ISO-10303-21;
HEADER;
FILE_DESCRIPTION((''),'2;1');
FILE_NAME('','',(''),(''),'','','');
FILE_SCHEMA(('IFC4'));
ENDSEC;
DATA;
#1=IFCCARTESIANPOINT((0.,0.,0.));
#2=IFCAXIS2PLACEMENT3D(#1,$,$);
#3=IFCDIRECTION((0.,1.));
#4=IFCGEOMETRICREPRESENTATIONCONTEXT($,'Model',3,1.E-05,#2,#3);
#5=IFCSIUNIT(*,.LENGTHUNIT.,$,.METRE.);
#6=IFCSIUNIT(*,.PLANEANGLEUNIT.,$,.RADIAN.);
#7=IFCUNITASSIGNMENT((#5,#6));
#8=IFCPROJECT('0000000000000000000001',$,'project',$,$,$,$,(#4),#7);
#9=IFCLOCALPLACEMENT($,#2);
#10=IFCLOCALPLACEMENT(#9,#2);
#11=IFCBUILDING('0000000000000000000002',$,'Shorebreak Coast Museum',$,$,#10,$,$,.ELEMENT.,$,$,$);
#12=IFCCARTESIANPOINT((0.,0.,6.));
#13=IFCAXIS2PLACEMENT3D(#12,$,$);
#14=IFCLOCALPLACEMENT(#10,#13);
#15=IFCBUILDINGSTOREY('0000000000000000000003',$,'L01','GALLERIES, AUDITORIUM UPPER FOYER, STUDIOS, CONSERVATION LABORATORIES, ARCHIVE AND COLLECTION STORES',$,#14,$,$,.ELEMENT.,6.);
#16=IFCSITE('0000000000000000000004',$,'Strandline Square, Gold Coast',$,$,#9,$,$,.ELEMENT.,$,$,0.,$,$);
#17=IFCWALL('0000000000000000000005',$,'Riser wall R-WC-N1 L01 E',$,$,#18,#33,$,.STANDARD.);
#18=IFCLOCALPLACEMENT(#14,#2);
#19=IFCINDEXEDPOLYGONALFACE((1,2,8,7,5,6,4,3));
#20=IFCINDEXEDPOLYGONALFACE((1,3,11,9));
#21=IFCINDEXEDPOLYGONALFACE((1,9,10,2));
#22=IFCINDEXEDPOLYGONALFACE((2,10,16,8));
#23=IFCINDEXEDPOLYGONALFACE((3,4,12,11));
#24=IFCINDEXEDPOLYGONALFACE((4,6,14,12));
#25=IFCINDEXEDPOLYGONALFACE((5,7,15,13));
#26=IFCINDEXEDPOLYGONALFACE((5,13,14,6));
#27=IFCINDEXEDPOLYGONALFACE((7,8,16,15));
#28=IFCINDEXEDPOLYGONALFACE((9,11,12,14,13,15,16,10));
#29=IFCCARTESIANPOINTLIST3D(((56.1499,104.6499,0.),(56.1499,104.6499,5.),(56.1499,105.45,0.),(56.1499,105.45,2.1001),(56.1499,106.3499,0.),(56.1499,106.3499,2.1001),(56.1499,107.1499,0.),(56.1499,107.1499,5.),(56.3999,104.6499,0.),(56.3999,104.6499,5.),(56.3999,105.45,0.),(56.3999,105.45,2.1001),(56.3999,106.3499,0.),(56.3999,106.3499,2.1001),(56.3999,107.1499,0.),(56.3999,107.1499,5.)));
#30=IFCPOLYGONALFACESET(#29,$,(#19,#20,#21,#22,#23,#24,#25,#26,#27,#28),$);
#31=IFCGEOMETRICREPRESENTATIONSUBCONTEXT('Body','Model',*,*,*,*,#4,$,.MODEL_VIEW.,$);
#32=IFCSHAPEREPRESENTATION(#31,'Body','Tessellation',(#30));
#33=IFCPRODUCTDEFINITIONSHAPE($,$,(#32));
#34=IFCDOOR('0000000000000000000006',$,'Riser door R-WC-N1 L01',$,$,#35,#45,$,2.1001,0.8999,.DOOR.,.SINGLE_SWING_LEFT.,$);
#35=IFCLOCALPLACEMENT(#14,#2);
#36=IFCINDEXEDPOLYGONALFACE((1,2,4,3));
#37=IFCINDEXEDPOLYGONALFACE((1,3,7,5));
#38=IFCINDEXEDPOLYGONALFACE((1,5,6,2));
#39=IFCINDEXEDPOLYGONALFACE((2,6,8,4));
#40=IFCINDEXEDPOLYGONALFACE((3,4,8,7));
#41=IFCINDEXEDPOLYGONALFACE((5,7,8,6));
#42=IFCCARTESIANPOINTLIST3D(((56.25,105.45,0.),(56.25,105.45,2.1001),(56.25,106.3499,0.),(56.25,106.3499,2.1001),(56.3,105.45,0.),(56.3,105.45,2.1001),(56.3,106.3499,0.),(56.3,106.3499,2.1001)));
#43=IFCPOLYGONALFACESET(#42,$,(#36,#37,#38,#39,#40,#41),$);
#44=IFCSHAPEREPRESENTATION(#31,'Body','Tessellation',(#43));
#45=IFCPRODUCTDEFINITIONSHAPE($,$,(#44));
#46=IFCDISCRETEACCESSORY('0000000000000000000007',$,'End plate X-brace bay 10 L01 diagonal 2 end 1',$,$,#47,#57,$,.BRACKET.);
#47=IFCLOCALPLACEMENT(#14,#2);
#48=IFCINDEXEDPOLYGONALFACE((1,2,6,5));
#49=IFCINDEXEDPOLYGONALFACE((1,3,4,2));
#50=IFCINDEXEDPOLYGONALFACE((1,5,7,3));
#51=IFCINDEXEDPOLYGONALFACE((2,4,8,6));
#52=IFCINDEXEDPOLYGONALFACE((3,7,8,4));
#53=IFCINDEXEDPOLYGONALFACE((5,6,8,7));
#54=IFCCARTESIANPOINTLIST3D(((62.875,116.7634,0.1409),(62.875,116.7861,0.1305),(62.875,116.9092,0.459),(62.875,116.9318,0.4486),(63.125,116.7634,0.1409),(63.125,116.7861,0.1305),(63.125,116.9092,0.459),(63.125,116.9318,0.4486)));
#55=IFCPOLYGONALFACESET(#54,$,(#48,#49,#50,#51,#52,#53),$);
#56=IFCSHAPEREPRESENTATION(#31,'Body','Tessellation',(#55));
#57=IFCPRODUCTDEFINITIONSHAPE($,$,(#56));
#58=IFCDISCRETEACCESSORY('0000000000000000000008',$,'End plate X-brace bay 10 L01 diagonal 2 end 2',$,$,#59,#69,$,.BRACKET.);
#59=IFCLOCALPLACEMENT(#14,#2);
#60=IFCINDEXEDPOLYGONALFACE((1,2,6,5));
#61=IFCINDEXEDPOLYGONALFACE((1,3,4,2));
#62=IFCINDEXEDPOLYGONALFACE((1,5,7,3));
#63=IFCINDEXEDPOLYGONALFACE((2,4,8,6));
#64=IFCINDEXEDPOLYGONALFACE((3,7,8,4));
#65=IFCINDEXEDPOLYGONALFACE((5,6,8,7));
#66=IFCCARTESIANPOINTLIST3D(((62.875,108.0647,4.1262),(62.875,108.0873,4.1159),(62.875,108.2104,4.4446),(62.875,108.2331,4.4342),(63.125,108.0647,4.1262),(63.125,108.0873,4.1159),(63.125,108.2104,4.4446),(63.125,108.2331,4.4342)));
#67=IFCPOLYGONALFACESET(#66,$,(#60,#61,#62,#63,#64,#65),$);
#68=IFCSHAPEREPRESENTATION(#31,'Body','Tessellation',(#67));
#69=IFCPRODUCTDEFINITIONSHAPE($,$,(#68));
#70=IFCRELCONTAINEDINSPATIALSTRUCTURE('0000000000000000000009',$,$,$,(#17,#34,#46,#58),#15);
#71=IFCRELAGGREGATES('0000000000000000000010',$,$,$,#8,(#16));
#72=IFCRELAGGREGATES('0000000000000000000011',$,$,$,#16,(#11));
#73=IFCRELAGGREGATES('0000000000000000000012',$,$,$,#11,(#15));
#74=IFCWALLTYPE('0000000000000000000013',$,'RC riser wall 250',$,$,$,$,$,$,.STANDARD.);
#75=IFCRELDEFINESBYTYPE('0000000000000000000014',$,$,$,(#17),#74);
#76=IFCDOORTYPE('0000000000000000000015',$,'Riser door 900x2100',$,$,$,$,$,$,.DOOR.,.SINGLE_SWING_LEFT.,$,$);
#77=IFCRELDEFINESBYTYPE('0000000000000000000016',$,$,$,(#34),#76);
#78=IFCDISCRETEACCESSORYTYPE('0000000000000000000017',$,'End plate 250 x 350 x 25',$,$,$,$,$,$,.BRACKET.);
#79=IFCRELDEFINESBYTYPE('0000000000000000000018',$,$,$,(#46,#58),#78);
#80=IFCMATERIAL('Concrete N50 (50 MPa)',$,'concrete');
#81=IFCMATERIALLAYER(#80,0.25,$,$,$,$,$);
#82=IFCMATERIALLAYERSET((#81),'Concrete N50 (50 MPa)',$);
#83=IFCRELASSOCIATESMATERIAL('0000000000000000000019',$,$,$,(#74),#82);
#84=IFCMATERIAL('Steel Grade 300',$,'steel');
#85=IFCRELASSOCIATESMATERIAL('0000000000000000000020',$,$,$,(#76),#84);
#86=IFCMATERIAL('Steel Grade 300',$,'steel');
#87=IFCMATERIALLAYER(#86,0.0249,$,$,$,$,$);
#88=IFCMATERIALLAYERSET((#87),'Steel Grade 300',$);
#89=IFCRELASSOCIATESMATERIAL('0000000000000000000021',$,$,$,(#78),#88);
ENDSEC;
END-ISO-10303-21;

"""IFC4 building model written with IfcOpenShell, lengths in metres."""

from ifc_helpers import new_model, si_unit, direction, frame, frame_2d, origin, place, context, subcontext, project, spatial, polyline, rectangle, outline, extrude, material, layer, layer_set, type_object, element, fill, save


model = new_model("IFC4")

# Units and contexts
model_context = context("Model", 3, precision=1e-05, world=origin(), true_north=direction((0.0, 1.0)))
body_context = subcontext(model_context, "Body", "Model", "MODEL_VIEW")
ifc_project = project(units=[si_unit("LENGTHUNIT", "METRE"), si_unit("PLANEANGLEUNIT", "RADIAN")], contexts=[model_context])

# Site, building, storey
site_placement = place(None, origin())
site = spatial("IfcSite", under=ifc_project, at=site_placement, Name="Strandline Square, Gold Coast", CompositionType="ELEMENT", RefElevation=0.0)
building_placement = place(site_placement, origin())
building = spatial("IfcBuilding", under=site, at=building_placement, Name="Shorebreak Coast Museum", CompositionType="ELEMENT")
storey_placement = place(building_placement, frame((0.0, 0.0, 6.0)))
storey = spatial("IfcBuildingStorey", under=building, at=storey_placement, Name="L01", Description="GALLERIES, AUDITORIUM UPPER FOYER, STUDIOS, CONSERVATION LABORATORIES, ARCHIVE AND COLLECTION STORES", CompositionType="ELEMENT", Elevation=6.0)

# Shared definitions
ifc_material_1 = material(Name="Concrete N50 (50 MPa)", Category="concrete")
ifc_layer_1 = layer(ifc_material_1, 0.25)
ifc_layer_set_1 = layer_set([ifc_layer_1], Name="Concrete N50 (50 MPa)")
wall_type_1 = type_object("IfcWallType", Name="RC riser wall 250", PredefinedType="STANDARD", material=ifc_layer_set_1)

# Wall, opening, door
wall_1_placement = place(storey_placement, frame((56.2749, 104.6499, 0.0), z_axis=(0.0, 0.0, 1.0), x_axis=(0.0, 1.0, 0.0)))
wall_1 = element("IfcWall", 1, at=wall_1_placement, inside=storey, type_object=wall_type_1, Name="Riser wall R-WC-N1 L01 E", PredefinedType="STANDARD", context=body_context, shape_type="SweptSolid", body=[
    extrude(rectangle(XDim=2.5, YDim=0.25, at=frame_2d((1.25, 0.0))), origin(), (0.0, 0.0, 1.0), 5.0),
])
opening_1_placement = place(wall_1_placement, frame((0.8, 0.0, 0.0)))
opening_1 = element("IfcOpeningElement", 2, at=opening_1_placement, cuts=wall_1, PredefinedType="OPENING", context=body_context, shape_type="SweptSolid", body=[
    extrude(rectangle(XDim=0.8999, YDim=2.1001, at=frame_2d((0.45, 1.05))), frame((0.0, 0.135, 0.0), z_axis=(0.0, -1.0, 0.0), x_axis=(1.0, 0.0, 0.0)), (0.0, 0.0, 1.0), 0.27),
])
ifc_material_2 = material(Name="Steel Grade 300", Category="steel")
door_type_1 = type_object("IfcDoorType", Name="Riser door 900x2100", OperationType="SINGLE_SWING_LEFT", PredefinedType="DOOR", material=ifc_material_2)
door_1_placement = place(opening_1_placement, origin())
door_1 = element("IfcDoor", 3, at=door_1_placement, inside=storey, type_object=door_type_1, Name="Riser door R-WC-N1 L01", OperationType="SINGLE_SWING_LEFT", OverallHeight=2.1001, OverallWidth=0.8999, PredefinedType="DOOR", context=body_context, shape_type="SweptSolid", body=[
    extrude(rectangle(XDim=0.8999, YDim=2.1001, at=frame_2d((0.45, 1.05))), frame((0.0, 0.0249, 0.0), z_axis=(0.0, -1.0, 0.0), x_axis=(1.0, 0.0, 0.0)), (0.0, 0.0, 1.0), 0.05),
])
fill(opening_1, door_1)

# Discrete accessories
ifc_material_3 = material(Name="Steel Grade 300", Category="steel")
ifc_layer_2 = layer(ifc_material_3, 0.0249)
ifc_layer_set_2 = layer_set([ifc_layer_2], Name="Steel Grade 300")
discrete_accessory_type = type_object("IfcDiscreteAccessoryType", Name="End plate 250 x 350 x 25", PredefinedType="BRACKET", material=ifc_layer_set_2)
discrete_accessory_1_placement = place(storey_placement, frame((62.875, 116.7634, 0.1409), z_axis=(0.0, -0.90912, 0.416535), x_axis=(1.0, 0.0, 0.0)))
element("IfcDiscreteAccessory", 4, at=discrete_accessory_1_placement, inside=storey, type_object=discrete_accessory_type, Name="End plate X-brace bay 10 L01 diagonal 2 end 1", PredefinedType="BRACKET", context=body_context, shape_type="SweptSolid", body=[
    extrude(outline(polyline([(0.0, 0.0), (0.25, 0.0), (0.25, 0.3499), (0.0, 0.3499), (0.0, 0.0)])), origin(), (0.0, 0.0, -1.0), 0.0249),
])
discrete_accessory_2_placement = place(storey_placement, frame((62.875, 108.0647, 4.1262), z_axis=(0.0, -0.909241, 0.416271), x_axis=(1.0, 0.0, 0.0)))
element("IfcDiscreteAccessory", 5, at=discrete_accessory_2_placement, inside=storey, type_object=discrete_accessory_type, Name="End plate X-brace bay 10 L01 diagonal 2 end 2", PredefinedType="BRACKET", context=body_context, shape_type="SweptSolid", body=[
    extrude(outline(polyline([(0.0, 0.0), (0.25, 0.0), (0.25, 0.3501), (0.0, 0.3501), (0.0, 0.0)])), origin(), (0.0, 0.0, -1.0), 0.0249),
])

save(model, "model.ifc")
